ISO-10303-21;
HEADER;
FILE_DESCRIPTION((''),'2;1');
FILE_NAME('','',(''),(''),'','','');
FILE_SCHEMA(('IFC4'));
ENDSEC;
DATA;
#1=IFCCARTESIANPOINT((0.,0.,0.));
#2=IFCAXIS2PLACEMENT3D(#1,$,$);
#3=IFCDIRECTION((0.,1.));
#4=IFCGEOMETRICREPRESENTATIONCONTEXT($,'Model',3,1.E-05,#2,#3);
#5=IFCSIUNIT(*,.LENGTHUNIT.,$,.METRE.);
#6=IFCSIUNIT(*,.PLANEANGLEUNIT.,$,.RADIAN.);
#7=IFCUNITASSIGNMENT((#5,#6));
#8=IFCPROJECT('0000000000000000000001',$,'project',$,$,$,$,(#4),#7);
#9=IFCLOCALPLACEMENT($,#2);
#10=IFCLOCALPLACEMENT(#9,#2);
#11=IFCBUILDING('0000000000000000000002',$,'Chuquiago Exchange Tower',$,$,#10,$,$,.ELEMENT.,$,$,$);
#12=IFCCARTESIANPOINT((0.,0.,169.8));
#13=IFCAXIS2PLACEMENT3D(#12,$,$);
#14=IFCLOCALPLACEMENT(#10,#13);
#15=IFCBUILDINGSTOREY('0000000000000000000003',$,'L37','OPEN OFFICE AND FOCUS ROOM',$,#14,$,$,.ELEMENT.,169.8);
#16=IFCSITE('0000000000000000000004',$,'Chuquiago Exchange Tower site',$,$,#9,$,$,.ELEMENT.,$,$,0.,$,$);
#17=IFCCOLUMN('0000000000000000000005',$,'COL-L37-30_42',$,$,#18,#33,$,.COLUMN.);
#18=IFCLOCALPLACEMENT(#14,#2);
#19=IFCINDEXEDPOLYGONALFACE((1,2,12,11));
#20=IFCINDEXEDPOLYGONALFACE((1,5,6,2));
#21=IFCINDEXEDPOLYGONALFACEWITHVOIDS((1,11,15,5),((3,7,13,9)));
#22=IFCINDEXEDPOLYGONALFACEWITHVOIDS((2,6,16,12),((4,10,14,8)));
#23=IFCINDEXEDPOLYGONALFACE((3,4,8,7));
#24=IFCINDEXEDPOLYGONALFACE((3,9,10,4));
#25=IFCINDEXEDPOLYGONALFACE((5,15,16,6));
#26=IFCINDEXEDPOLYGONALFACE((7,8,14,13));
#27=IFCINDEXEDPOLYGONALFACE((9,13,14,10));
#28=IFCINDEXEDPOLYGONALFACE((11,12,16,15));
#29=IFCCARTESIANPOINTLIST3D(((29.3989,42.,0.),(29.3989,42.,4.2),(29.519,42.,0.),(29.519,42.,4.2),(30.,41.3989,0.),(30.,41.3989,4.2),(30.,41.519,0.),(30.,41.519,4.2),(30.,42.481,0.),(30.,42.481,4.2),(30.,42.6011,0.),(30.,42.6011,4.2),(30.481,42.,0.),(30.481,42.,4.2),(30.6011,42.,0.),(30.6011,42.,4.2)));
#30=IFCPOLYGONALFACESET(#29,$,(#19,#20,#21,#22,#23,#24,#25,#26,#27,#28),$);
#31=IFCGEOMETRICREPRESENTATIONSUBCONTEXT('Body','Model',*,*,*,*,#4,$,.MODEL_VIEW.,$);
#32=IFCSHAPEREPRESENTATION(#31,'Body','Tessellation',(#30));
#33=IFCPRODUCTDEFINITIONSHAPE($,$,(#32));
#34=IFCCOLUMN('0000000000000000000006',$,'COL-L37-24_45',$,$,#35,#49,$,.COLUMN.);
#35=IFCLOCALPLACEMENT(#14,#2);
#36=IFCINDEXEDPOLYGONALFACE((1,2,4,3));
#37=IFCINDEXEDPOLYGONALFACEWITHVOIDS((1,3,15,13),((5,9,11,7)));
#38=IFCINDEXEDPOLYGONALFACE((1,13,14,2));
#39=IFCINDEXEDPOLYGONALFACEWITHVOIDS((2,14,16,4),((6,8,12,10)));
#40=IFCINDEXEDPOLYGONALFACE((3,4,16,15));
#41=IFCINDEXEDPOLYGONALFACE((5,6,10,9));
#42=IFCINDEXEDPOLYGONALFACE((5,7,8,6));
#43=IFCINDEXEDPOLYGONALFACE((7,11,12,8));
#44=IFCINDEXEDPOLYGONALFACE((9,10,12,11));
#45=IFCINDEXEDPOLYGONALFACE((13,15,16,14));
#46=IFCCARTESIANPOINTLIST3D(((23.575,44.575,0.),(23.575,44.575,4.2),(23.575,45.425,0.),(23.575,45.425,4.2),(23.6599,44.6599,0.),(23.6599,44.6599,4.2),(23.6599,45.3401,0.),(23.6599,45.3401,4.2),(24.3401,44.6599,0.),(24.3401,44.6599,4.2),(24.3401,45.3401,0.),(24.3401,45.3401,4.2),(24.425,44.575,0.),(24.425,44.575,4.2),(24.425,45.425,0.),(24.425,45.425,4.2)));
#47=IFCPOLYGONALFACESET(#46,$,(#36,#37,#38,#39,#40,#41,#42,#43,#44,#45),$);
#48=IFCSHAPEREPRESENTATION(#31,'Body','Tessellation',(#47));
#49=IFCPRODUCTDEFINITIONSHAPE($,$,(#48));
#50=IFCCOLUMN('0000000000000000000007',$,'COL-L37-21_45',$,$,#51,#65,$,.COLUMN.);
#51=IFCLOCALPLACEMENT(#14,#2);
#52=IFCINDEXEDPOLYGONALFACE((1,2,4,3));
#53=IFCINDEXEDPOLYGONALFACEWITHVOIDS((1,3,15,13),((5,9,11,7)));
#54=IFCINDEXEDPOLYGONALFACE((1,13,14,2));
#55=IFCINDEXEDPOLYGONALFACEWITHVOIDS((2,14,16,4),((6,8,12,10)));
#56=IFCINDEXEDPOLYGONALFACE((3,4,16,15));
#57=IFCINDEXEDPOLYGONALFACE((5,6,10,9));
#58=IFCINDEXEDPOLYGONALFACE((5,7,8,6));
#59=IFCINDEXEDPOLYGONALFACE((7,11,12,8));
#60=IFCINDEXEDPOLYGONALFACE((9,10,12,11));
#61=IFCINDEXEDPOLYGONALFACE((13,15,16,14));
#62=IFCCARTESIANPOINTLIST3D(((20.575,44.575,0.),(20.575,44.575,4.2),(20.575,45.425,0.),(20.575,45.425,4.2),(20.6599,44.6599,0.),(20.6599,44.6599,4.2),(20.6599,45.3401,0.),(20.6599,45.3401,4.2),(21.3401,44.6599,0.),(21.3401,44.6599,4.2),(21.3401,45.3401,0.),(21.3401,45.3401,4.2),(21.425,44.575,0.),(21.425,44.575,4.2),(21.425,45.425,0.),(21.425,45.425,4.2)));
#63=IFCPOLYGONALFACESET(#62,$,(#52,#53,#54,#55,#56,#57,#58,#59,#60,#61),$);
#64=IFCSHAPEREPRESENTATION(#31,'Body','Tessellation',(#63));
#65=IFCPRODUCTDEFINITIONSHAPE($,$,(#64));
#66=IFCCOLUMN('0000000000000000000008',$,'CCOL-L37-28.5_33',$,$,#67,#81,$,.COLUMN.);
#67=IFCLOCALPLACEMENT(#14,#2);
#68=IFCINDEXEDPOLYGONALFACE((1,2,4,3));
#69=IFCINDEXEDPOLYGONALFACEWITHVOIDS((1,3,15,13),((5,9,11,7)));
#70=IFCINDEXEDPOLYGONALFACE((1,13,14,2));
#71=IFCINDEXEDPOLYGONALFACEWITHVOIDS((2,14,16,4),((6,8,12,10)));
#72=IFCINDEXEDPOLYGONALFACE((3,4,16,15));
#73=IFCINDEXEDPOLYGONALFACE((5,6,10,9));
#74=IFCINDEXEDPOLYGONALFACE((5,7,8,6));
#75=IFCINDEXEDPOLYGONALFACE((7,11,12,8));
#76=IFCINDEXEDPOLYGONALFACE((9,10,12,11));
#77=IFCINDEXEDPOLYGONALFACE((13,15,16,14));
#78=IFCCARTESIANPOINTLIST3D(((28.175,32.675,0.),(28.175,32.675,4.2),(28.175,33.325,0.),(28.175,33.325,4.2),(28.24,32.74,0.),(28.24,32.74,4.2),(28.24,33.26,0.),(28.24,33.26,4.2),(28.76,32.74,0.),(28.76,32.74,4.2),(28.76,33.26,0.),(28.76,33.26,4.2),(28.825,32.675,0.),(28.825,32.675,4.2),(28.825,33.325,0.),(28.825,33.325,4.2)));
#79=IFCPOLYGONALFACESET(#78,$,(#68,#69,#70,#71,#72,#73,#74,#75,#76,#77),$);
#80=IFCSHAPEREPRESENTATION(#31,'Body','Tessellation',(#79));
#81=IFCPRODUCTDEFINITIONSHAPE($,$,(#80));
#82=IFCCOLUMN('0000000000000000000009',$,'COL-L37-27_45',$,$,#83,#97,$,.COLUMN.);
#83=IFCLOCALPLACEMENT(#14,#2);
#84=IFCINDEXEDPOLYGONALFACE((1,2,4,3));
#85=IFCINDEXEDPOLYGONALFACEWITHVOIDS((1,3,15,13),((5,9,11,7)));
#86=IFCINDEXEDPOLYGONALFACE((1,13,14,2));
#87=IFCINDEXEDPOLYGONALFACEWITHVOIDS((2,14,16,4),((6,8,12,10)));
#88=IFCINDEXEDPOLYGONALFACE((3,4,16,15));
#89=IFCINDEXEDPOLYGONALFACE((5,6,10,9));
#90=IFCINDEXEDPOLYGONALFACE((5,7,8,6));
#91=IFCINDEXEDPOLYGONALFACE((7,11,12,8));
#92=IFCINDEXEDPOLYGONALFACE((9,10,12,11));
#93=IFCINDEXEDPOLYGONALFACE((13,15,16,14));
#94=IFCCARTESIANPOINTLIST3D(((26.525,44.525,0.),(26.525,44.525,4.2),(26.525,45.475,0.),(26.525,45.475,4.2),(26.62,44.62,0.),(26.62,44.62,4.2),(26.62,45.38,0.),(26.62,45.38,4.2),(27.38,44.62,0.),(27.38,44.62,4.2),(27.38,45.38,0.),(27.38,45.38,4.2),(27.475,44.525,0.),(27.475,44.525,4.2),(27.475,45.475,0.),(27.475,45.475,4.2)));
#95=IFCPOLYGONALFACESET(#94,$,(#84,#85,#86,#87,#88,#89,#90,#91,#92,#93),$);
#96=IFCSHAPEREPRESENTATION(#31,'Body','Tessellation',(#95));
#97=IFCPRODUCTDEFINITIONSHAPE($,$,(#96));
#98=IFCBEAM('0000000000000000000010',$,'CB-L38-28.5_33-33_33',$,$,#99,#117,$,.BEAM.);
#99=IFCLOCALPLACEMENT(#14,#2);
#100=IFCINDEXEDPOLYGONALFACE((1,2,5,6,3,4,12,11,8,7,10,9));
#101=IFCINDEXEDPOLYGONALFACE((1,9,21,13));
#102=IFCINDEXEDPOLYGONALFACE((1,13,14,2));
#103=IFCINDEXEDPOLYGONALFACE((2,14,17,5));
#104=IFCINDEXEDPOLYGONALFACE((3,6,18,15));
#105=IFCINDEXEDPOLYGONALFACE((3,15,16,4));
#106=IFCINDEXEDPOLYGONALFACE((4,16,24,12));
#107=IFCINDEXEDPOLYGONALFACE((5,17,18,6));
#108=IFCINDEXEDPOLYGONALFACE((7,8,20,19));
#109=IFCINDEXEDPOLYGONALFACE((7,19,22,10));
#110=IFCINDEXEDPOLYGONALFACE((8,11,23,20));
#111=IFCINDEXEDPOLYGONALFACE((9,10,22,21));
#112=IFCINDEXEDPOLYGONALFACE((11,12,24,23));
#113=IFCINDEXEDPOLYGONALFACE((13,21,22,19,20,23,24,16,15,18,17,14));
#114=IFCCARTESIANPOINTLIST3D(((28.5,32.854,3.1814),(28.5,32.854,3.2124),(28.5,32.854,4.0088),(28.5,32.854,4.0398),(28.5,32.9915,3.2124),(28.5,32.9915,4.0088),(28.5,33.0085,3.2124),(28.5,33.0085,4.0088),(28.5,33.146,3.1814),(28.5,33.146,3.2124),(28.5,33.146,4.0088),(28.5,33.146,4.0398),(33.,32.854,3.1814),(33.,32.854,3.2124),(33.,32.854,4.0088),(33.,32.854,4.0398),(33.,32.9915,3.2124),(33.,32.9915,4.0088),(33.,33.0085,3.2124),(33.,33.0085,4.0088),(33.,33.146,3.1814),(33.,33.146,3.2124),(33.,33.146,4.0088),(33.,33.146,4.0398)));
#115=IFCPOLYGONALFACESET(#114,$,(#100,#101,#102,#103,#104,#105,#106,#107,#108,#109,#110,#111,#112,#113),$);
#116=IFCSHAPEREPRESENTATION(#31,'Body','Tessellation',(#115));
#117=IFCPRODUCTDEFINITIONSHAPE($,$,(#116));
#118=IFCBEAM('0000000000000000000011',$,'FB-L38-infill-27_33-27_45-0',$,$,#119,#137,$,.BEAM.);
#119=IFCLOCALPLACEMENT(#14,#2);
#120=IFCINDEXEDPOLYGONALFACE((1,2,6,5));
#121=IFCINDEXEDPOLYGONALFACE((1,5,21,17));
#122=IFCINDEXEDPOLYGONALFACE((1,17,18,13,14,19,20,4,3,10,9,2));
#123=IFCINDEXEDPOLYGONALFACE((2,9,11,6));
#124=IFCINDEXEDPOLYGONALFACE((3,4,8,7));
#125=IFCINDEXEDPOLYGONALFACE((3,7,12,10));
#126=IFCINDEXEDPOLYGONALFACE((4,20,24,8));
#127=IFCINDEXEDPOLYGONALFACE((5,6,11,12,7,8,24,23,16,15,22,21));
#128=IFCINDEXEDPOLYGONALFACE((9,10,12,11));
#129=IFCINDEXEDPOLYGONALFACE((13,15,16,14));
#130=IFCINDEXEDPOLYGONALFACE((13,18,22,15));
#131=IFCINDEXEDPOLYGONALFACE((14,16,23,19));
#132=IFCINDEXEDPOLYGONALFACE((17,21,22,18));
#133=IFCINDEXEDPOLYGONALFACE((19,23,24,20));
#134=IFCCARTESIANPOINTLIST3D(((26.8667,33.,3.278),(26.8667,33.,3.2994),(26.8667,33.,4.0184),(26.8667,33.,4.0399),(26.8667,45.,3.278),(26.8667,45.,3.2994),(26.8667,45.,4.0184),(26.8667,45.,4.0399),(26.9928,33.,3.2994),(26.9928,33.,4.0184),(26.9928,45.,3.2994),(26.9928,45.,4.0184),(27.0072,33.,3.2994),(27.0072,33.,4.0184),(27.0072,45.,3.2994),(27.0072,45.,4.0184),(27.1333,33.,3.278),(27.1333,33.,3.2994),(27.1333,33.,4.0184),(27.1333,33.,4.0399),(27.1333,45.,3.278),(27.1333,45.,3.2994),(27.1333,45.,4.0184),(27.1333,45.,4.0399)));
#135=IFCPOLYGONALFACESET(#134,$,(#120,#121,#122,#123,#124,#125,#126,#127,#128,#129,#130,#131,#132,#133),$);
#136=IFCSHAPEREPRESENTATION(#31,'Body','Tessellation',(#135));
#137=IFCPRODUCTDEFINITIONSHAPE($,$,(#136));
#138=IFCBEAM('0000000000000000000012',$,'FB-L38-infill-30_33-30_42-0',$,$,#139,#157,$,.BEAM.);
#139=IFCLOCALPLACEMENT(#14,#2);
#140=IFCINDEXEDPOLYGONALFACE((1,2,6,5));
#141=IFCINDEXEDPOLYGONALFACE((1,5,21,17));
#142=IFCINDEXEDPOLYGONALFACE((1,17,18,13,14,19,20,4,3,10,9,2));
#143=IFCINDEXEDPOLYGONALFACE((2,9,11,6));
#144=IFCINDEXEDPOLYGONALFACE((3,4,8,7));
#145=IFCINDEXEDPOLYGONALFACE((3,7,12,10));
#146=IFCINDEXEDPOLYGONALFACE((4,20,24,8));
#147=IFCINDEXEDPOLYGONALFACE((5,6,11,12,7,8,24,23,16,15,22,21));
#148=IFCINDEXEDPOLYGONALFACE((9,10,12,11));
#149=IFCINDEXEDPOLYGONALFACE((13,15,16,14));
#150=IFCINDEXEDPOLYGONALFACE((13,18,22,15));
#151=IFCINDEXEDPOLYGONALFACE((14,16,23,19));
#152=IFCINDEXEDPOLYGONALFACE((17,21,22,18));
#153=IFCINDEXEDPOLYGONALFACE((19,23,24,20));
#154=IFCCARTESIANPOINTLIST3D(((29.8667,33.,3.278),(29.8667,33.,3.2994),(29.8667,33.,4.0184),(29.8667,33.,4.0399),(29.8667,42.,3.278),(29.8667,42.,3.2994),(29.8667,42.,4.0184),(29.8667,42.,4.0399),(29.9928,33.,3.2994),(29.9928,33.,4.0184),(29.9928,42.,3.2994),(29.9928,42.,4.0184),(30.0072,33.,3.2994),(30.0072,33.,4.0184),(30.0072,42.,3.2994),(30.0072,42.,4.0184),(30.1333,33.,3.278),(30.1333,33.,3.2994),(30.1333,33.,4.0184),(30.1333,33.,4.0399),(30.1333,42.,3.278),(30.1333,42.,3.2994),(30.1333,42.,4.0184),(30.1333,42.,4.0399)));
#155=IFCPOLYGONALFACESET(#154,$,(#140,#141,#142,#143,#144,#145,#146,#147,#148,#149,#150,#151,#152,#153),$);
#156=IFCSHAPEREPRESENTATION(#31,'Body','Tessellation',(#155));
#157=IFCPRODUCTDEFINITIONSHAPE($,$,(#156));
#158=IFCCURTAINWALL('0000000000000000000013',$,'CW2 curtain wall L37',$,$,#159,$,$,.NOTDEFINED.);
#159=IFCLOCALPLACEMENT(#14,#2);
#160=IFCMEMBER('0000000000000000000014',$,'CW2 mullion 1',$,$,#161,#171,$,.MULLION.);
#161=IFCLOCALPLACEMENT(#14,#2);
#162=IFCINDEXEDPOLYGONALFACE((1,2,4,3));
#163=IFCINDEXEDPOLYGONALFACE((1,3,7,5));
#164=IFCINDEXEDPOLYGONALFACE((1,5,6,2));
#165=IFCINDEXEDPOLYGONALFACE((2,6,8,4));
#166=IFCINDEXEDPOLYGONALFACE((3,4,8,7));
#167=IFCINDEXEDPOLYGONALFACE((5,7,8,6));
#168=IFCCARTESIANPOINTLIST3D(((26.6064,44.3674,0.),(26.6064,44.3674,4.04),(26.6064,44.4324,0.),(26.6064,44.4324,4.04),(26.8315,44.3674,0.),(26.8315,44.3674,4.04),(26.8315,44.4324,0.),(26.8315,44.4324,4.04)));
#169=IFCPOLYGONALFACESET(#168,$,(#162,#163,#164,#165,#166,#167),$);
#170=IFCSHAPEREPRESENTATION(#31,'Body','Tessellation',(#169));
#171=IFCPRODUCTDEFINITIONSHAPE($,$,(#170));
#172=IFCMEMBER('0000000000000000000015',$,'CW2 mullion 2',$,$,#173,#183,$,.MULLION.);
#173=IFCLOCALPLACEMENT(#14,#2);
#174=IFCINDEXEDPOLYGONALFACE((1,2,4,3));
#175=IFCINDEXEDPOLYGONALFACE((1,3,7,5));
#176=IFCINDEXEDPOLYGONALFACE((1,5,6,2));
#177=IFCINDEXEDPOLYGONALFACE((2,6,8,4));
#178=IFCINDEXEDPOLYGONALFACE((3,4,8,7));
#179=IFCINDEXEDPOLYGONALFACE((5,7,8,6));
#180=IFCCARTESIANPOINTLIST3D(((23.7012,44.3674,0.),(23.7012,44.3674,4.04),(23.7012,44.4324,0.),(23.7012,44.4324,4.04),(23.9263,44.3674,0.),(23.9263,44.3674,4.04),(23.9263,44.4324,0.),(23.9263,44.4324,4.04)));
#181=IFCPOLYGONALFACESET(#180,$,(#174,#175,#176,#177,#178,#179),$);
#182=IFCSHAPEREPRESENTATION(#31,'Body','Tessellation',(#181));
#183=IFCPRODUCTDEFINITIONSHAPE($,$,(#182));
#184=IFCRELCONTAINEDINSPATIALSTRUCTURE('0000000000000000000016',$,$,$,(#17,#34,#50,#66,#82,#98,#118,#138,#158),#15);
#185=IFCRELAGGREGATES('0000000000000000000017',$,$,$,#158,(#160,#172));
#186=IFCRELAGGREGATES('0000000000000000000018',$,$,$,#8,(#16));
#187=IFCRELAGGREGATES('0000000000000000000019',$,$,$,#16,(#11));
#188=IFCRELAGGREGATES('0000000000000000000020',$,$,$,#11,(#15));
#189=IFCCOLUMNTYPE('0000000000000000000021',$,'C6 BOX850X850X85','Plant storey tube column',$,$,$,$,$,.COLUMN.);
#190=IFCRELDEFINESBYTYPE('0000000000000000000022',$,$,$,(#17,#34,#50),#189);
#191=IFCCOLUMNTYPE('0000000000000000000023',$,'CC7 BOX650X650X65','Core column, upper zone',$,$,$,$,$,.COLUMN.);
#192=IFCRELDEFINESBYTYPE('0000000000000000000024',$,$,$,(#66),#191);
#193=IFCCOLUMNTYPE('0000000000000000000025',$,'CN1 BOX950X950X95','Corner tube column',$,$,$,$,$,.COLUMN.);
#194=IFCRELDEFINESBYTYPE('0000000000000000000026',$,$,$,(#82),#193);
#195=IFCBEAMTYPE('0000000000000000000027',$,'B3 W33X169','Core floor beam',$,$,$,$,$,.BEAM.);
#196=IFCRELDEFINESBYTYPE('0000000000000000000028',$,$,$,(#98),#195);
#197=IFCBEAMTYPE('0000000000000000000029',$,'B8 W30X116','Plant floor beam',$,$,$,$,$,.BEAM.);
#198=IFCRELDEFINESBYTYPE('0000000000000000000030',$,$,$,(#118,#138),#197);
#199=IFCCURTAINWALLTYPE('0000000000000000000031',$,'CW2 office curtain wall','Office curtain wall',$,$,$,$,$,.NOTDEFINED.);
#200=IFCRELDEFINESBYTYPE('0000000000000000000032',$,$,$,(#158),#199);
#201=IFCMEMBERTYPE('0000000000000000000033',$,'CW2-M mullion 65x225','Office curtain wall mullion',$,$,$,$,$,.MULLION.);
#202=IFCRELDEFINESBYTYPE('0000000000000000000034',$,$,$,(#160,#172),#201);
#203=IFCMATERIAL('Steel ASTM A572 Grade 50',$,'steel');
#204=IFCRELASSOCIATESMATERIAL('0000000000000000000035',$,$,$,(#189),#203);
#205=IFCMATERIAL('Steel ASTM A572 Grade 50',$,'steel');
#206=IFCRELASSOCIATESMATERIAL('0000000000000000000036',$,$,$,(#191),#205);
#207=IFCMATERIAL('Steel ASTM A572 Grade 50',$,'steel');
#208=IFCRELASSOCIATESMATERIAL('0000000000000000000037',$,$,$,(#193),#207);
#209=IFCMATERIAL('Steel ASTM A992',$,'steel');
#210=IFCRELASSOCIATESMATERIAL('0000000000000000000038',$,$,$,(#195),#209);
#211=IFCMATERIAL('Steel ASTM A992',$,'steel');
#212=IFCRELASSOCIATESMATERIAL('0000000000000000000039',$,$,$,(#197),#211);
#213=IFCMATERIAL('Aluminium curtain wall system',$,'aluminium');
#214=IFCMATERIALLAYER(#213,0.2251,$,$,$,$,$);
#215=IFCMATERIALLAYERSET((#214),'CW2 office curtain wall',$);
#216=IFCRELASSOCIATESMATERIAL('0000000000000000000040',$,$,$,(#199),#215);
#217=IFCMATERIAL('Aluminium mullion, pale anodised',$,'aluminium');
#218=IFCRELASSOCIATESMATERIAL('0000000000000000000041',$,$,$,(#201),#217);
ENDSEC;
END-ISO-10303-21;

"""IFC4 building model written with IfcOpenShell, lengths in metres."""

from ifc_helpers import new_model, si_unit, direction, frame, origin, origin_2d, place, context, subcontext, project, spatial, rectangle, hollow_rectangle, i_section, extrude, material, layer, layer_set, material_profile, profile_set, type_object, element, aggregate, save


model = new_model("IFC4")

# Units and contexts
model_context = context("Model", 3, precision=1e-05, world=origin(), true_north=direction((0.0, 1.0)))
body_context = subcontext(model_context, "Body", "Model", "MODEL_VIEW")
ifc_project = project(units=[si_unit("LENGTHUNIT", "METRE"), si_unit("PLANEANGLEUNIT", "RADIAN")], contexts=[model_context])

# Site, building, storey
site_placement = place(None, origin())
site = spatial("IfcSite", under=ifc_project, at=site_placement, Name="Chuquiago Exchange Tower site", CompositionType="ELEMENT", RefElevation=0.0)
building_placement = place(site_placement, origin())
building = spatial("IfcBuilding", under=site, at=building_placement, Name="Chuquiago Exchange Tower", CompositionType="ELEMENT")
storey_placement = place(building_placement, frame((0.0, 0.0, 169.8)))
storey = spatial("IfcBuildingStorey", under=building, at=storey_placement, Name="L37", Description="OPEN OFFICE AND FOCUS ROOM", CompositionType="ELEMENT", Elevation=169.8)

# Columns
ifc_material_1 = material(Name="Steel ASTM A572 Grade 50", Category="steel")
ifc_material_profile_1 = material_profile(ifc_material_1, hollow_rectangle(XDim=0.8501, YDim=0.8501, WallThickness=0.085, at=origin_2d()), Name="BOX850X850X85")
ifc_profile_set_1 = profile_set([ifc_material_profile_1], Name="Steel ASTM A572 Grade 50")
column_type_1 = type_object("IfcColumnType", Name="C6 BOX850X850X85", Description="Plant storey tube column", PredefinedType="COLUMN", material=ifc_profile_set_1)
for number, where, z_axis, x_axis, name in (
    (1, (30.0, 42.0, 0.0), (0.0, 0.0, 1.0), (0.707107, 0.707107, 0.0), "COL-L37-30_42"),
    (2, (24.0, 45.0, 0.0), (0.0, 0.0, 1.0), (0.0, 1.0, 0.0), "COL-L37-24_45"),
    (3, (21.0, 45.0, 0.0), (0.0, 0.0, 1.0), (0.0, 1.0, 0.0), "COL-L37-21_45"),
):
    element("IfcColumn", number, at=place(storey_placement, frame(where, z_axis=z_axis, x_axis=x_axis)), inside=storey, type_object=column_type_1, Name=name, PredefinedType="COLUMN", context=body_context, shape_type="SweptSolid", body=[
        extrude(hollow_rectangle(XDim=0.8501, YDim=0.8501, WallThickness=0.085, at=origin_2d()), origin(), (0.0, 0.0, 1.0), 4.2),
    ])
ifc_material_2 = material(Name="Steel ASTM A572 Grade 50", Category="steel")
ifc_material_profile_2 = material_profile(ifc_material_2, hollow_rectangle(XDim=0.6499, YDim=0.6499, WallThickness=0.0649, at=origin_2d()), Name="BOX650X650X65")
ifc_profile_set_2 = profile_set([ifc_material_profile_2], Name="Steel ASTM A572 Grade 50")
column_type_2 = type_object("IfcColumnType", Name="CC7 BOX650X650X65", Description="Core column, upper zone", PredefinedType="COLUMN", material=ifc_profile_set_2)
column_1_placement = place(storey_placement, frame((28.5, 33.0, 0.0), z_axis=(0.0, 0.0, 1.0), x_axis=(1.0, 0.0, 0.0)))
element("IfcColumn", 4, at=column_1_placement, inside=storey, type_object=column_type_2, Name="CCOL-L37-28.5_33", PredefinedType="COLUMN", context=body_context, shape_type="SweptSolid", body=[
    extrude(hollow_rectangle(XDim=0.6499, YDim=0.6499, WallThickness=0.0649, at=origin_2d()), origin(), (0.0, 0.0, 1.0), 4.2),
])
ifc_material_3 = material(Name="Steel ASTM A572 Grade 50", Category="steel")
ifc_material_profile_3 = material_profile(ifc_material_3, hollow_rectangle(XDim=0.95, YDim=0.95, WallThickness=0.095, at=origin_2d()), Name="BOX950X950X95")
ifc_profile_set_3 = profile_set([ifc_material_profile_3], Name="Steel ASTM A572 Grade 50")
column_type_3 = type_object("IfcColumnType", Name="CN1 BOX950X950X95", Description="Corner tube column", PredefinedType="COLUMN", material=ifc_profile_set_3)
column_2_placement = place(storey_placement, frame((27.0, 45.0, 0.0), z_axis=(0.0, 0.0, 1.0), x_axis=(0.0, 1.0, 0.0)))
element("IfcColumn", 5, at=column_2_placement, inside=storey, type_object=column_type_3, Name="COL-L37-27_45", PredefinedType="COLUMN", context=body_context, shape_type="SweptSolid", body=[
    extrude(hollow_rectangle(XDim=0.95, YDim=0.95, WallThickness=0.095, at=origin_2d()), origin(), (0.0, 0.0, 1.0), 4.2),
])

# Beams
ifc_material_4 = material(Name="Steel ASTM A992", Category="steel")
ifc_material_profile_4 = material_profile(ifc_material_4, i_section(OverallWidth=0.292, OverallDepth=0.8584, WebThickness=0.0171, FlangeThickness=0.031, at=origin_2d()), Name="W33X169")
ifc_profile_set_4 = profile_set([ifc_material_profile_4], Name="Steel ASTM A992")
beam_type_1 = type_object("IfcBeamType", Name="B3 W33X169", Description="Core floor beam", PredefinedType="BEAM", material=ifc_profile_set_4)
beam_1_placement = place(storey_placement, frame((28.5, 33.0, 3.6106), z_axis=(1.0, 0.0, 0.0), x_axis=(0.0, 1.0, 0.0)))
element("IfcBeam", 6, at=beam_1_placement, inside=storey, type_object=beam_type_1, Name="CB-L38-28.5_33-33_33", PredefinedType="BEAM", context=body_context, shape_type="SweptSolid", body=[
    extrude(i_section(OverallWidth=0.292, OverallDepth=0.8584, WebThickness=0.0171, FlangeThickness=0.031, at=origin_2d()), origin(), (0.0, 0.0, 1.0), 4.5),
])
ifc_material_5 = material(Name="Steel ASTM A992", Category="steel")
ifc_material_profile_5 = material_profile(ifc_material_5, i_section(OverallWidth=0.2666, OverallDepth=0.762, WebThickness=0.0144, FlangeThickness=0.0215, at=origin_2d()), Name="W30X116")
ifc_profile_set_5 = profile_set([ifc_material_profile_5], Name="Steel ASTM A992")
beam_type_2 = type_object("IfcBeamType", Name="B8 W30X116", Description="Plant floor beam", PredefinedType="BEAM", material=ifc_profile_set_5)
beam_2_placement = place(storey_placement, frame((27.0, 33.0, 3.6589), z_axis=(0.0, 1.0, 0.0), x_axis=(-1.0, 0.0, 0.0)))
element("IfcBeam", 7, at=beam_2_placement, inside=storey, type_object=beam_type_2, Name="FB-L38-infill-27_33-27_45-0", PredefinedType="BEAM", context=body_context, shape_type="SweptSolid", body=[
    extrude(i_section(OverallWidth=0.2666, OverallDepth=0.762, WebThickness=0.0144, FlangeThickness=0.0215, at=origin_2d()), origin(), (0.0, 0.0, 1.0), 12.0),
])
beam_3_placement = place(storey_placement, frame((30.0, 33.0, 3.6589), z_axis=(0.0, 1.0, 0.0), x_axis=(-1.0, 0.0, 0.0)))
element("IfcBeam", 8, at=beam_3_placement, inside=storey, type_object=beam_type_2, Name="FB-L38-infill-30_33-30_42-0", PredefinedType="BEAM", context=body_context, shape_type="SweptSolid", body=[
    extrude(i_section(OverallWidth=0.2666, OverallDepth=0.762, WebThickness=0.0144, FlangeThickness=0.0215, at=origin_2d()), origin(), (0.0, 0.0, 1.0), 9.0),
])

# Curtain wall, members
ifc_material_6 = material(Name="Aluminium curtain wall system", Category="aluminium")
ifc_layer_1 = layer(ifc_material_6, 0.2251)
ifc_layer_set_1 = layer_set([ifc_layer_1], Name="CW2 office curtain wall")
curtain_wall_type_1 = type_object("IfcCurtainWallType", Name="CW2 office curtain wall", Description="Office curtain wall", PredefinedType="NOTDEFINED", material=ifc_layer_set_1)
curtain_wall_1_placement = place(storey_placement, origin())
curtain_wall_1 = element("IfcCurtainWall", 9, at=curtain_wall_1_placement, inside=storey, type_object=curtain_wall_type_1, Name="CW2 curtain wall L37", PredefinedType="NOTDEFINED")
ifc_material_7 = material(Name="Aluminium mullion, pale anodised", Category="aluminium")
ifc_material_profile_6 = material_profile(ifc_material_7, rectangle(XDim=0.0649, YDim=0.2251, at=origin_2d()), Name="AL 65x225")
ifc_profile_set_6 = profile_set([ifc_material_profile_6], Name="Aluminium mullion, pale anodised")
member_type_1 = type_object("IfcMemberType", Name="CW2-M mullion 65x225", Description="Office curtain wall mullion", PredefinedType="MULLION", material=ifc_profile_set_6)
member_1_placement = place(storey_placement, frame((26.719, 44.3999, 0.0), z_axis=(0.0, 0.0, 1.0), x_axis=(0.0, -1.0, 0.0)))
member_1 = element("IfcMember", 10, at=member_1_placement, type_object=member_type_1, Name="CW2 mullion 1", PredefinedType="MULLION", context=body_context, shape_type="SweptSolid", body=[
    extrude(rectangle(XDim=0.0649, YDim=0.2251, at=origin_2d()), origin(), (0.0, 0.0, 1.0), 4.04),
])
member_2_placement = place(storey_placement, frame((23.8137, 44.3999, 0.0), z_axis=(0.0, 0.0, 1.0), x_axis=(0.0, -1.0, 0.0)))
member_2 = element("IfcMember", 11, at=member_2_placement, type_object=member_type_1, Name="CW2 mullion 2", PredefinedType="MULLION", context=body_context, shape_type="SweptSolid", body=[
    extrude(rectangle(XDim=0.0649, YDim=0.2251, at=origin_2d()), origin(), (0.0, 0.0, 1.0), 4.04),
])

aggregate(curtain_wall_1, [member_1, member_2])

save(model, "model.ifc")
